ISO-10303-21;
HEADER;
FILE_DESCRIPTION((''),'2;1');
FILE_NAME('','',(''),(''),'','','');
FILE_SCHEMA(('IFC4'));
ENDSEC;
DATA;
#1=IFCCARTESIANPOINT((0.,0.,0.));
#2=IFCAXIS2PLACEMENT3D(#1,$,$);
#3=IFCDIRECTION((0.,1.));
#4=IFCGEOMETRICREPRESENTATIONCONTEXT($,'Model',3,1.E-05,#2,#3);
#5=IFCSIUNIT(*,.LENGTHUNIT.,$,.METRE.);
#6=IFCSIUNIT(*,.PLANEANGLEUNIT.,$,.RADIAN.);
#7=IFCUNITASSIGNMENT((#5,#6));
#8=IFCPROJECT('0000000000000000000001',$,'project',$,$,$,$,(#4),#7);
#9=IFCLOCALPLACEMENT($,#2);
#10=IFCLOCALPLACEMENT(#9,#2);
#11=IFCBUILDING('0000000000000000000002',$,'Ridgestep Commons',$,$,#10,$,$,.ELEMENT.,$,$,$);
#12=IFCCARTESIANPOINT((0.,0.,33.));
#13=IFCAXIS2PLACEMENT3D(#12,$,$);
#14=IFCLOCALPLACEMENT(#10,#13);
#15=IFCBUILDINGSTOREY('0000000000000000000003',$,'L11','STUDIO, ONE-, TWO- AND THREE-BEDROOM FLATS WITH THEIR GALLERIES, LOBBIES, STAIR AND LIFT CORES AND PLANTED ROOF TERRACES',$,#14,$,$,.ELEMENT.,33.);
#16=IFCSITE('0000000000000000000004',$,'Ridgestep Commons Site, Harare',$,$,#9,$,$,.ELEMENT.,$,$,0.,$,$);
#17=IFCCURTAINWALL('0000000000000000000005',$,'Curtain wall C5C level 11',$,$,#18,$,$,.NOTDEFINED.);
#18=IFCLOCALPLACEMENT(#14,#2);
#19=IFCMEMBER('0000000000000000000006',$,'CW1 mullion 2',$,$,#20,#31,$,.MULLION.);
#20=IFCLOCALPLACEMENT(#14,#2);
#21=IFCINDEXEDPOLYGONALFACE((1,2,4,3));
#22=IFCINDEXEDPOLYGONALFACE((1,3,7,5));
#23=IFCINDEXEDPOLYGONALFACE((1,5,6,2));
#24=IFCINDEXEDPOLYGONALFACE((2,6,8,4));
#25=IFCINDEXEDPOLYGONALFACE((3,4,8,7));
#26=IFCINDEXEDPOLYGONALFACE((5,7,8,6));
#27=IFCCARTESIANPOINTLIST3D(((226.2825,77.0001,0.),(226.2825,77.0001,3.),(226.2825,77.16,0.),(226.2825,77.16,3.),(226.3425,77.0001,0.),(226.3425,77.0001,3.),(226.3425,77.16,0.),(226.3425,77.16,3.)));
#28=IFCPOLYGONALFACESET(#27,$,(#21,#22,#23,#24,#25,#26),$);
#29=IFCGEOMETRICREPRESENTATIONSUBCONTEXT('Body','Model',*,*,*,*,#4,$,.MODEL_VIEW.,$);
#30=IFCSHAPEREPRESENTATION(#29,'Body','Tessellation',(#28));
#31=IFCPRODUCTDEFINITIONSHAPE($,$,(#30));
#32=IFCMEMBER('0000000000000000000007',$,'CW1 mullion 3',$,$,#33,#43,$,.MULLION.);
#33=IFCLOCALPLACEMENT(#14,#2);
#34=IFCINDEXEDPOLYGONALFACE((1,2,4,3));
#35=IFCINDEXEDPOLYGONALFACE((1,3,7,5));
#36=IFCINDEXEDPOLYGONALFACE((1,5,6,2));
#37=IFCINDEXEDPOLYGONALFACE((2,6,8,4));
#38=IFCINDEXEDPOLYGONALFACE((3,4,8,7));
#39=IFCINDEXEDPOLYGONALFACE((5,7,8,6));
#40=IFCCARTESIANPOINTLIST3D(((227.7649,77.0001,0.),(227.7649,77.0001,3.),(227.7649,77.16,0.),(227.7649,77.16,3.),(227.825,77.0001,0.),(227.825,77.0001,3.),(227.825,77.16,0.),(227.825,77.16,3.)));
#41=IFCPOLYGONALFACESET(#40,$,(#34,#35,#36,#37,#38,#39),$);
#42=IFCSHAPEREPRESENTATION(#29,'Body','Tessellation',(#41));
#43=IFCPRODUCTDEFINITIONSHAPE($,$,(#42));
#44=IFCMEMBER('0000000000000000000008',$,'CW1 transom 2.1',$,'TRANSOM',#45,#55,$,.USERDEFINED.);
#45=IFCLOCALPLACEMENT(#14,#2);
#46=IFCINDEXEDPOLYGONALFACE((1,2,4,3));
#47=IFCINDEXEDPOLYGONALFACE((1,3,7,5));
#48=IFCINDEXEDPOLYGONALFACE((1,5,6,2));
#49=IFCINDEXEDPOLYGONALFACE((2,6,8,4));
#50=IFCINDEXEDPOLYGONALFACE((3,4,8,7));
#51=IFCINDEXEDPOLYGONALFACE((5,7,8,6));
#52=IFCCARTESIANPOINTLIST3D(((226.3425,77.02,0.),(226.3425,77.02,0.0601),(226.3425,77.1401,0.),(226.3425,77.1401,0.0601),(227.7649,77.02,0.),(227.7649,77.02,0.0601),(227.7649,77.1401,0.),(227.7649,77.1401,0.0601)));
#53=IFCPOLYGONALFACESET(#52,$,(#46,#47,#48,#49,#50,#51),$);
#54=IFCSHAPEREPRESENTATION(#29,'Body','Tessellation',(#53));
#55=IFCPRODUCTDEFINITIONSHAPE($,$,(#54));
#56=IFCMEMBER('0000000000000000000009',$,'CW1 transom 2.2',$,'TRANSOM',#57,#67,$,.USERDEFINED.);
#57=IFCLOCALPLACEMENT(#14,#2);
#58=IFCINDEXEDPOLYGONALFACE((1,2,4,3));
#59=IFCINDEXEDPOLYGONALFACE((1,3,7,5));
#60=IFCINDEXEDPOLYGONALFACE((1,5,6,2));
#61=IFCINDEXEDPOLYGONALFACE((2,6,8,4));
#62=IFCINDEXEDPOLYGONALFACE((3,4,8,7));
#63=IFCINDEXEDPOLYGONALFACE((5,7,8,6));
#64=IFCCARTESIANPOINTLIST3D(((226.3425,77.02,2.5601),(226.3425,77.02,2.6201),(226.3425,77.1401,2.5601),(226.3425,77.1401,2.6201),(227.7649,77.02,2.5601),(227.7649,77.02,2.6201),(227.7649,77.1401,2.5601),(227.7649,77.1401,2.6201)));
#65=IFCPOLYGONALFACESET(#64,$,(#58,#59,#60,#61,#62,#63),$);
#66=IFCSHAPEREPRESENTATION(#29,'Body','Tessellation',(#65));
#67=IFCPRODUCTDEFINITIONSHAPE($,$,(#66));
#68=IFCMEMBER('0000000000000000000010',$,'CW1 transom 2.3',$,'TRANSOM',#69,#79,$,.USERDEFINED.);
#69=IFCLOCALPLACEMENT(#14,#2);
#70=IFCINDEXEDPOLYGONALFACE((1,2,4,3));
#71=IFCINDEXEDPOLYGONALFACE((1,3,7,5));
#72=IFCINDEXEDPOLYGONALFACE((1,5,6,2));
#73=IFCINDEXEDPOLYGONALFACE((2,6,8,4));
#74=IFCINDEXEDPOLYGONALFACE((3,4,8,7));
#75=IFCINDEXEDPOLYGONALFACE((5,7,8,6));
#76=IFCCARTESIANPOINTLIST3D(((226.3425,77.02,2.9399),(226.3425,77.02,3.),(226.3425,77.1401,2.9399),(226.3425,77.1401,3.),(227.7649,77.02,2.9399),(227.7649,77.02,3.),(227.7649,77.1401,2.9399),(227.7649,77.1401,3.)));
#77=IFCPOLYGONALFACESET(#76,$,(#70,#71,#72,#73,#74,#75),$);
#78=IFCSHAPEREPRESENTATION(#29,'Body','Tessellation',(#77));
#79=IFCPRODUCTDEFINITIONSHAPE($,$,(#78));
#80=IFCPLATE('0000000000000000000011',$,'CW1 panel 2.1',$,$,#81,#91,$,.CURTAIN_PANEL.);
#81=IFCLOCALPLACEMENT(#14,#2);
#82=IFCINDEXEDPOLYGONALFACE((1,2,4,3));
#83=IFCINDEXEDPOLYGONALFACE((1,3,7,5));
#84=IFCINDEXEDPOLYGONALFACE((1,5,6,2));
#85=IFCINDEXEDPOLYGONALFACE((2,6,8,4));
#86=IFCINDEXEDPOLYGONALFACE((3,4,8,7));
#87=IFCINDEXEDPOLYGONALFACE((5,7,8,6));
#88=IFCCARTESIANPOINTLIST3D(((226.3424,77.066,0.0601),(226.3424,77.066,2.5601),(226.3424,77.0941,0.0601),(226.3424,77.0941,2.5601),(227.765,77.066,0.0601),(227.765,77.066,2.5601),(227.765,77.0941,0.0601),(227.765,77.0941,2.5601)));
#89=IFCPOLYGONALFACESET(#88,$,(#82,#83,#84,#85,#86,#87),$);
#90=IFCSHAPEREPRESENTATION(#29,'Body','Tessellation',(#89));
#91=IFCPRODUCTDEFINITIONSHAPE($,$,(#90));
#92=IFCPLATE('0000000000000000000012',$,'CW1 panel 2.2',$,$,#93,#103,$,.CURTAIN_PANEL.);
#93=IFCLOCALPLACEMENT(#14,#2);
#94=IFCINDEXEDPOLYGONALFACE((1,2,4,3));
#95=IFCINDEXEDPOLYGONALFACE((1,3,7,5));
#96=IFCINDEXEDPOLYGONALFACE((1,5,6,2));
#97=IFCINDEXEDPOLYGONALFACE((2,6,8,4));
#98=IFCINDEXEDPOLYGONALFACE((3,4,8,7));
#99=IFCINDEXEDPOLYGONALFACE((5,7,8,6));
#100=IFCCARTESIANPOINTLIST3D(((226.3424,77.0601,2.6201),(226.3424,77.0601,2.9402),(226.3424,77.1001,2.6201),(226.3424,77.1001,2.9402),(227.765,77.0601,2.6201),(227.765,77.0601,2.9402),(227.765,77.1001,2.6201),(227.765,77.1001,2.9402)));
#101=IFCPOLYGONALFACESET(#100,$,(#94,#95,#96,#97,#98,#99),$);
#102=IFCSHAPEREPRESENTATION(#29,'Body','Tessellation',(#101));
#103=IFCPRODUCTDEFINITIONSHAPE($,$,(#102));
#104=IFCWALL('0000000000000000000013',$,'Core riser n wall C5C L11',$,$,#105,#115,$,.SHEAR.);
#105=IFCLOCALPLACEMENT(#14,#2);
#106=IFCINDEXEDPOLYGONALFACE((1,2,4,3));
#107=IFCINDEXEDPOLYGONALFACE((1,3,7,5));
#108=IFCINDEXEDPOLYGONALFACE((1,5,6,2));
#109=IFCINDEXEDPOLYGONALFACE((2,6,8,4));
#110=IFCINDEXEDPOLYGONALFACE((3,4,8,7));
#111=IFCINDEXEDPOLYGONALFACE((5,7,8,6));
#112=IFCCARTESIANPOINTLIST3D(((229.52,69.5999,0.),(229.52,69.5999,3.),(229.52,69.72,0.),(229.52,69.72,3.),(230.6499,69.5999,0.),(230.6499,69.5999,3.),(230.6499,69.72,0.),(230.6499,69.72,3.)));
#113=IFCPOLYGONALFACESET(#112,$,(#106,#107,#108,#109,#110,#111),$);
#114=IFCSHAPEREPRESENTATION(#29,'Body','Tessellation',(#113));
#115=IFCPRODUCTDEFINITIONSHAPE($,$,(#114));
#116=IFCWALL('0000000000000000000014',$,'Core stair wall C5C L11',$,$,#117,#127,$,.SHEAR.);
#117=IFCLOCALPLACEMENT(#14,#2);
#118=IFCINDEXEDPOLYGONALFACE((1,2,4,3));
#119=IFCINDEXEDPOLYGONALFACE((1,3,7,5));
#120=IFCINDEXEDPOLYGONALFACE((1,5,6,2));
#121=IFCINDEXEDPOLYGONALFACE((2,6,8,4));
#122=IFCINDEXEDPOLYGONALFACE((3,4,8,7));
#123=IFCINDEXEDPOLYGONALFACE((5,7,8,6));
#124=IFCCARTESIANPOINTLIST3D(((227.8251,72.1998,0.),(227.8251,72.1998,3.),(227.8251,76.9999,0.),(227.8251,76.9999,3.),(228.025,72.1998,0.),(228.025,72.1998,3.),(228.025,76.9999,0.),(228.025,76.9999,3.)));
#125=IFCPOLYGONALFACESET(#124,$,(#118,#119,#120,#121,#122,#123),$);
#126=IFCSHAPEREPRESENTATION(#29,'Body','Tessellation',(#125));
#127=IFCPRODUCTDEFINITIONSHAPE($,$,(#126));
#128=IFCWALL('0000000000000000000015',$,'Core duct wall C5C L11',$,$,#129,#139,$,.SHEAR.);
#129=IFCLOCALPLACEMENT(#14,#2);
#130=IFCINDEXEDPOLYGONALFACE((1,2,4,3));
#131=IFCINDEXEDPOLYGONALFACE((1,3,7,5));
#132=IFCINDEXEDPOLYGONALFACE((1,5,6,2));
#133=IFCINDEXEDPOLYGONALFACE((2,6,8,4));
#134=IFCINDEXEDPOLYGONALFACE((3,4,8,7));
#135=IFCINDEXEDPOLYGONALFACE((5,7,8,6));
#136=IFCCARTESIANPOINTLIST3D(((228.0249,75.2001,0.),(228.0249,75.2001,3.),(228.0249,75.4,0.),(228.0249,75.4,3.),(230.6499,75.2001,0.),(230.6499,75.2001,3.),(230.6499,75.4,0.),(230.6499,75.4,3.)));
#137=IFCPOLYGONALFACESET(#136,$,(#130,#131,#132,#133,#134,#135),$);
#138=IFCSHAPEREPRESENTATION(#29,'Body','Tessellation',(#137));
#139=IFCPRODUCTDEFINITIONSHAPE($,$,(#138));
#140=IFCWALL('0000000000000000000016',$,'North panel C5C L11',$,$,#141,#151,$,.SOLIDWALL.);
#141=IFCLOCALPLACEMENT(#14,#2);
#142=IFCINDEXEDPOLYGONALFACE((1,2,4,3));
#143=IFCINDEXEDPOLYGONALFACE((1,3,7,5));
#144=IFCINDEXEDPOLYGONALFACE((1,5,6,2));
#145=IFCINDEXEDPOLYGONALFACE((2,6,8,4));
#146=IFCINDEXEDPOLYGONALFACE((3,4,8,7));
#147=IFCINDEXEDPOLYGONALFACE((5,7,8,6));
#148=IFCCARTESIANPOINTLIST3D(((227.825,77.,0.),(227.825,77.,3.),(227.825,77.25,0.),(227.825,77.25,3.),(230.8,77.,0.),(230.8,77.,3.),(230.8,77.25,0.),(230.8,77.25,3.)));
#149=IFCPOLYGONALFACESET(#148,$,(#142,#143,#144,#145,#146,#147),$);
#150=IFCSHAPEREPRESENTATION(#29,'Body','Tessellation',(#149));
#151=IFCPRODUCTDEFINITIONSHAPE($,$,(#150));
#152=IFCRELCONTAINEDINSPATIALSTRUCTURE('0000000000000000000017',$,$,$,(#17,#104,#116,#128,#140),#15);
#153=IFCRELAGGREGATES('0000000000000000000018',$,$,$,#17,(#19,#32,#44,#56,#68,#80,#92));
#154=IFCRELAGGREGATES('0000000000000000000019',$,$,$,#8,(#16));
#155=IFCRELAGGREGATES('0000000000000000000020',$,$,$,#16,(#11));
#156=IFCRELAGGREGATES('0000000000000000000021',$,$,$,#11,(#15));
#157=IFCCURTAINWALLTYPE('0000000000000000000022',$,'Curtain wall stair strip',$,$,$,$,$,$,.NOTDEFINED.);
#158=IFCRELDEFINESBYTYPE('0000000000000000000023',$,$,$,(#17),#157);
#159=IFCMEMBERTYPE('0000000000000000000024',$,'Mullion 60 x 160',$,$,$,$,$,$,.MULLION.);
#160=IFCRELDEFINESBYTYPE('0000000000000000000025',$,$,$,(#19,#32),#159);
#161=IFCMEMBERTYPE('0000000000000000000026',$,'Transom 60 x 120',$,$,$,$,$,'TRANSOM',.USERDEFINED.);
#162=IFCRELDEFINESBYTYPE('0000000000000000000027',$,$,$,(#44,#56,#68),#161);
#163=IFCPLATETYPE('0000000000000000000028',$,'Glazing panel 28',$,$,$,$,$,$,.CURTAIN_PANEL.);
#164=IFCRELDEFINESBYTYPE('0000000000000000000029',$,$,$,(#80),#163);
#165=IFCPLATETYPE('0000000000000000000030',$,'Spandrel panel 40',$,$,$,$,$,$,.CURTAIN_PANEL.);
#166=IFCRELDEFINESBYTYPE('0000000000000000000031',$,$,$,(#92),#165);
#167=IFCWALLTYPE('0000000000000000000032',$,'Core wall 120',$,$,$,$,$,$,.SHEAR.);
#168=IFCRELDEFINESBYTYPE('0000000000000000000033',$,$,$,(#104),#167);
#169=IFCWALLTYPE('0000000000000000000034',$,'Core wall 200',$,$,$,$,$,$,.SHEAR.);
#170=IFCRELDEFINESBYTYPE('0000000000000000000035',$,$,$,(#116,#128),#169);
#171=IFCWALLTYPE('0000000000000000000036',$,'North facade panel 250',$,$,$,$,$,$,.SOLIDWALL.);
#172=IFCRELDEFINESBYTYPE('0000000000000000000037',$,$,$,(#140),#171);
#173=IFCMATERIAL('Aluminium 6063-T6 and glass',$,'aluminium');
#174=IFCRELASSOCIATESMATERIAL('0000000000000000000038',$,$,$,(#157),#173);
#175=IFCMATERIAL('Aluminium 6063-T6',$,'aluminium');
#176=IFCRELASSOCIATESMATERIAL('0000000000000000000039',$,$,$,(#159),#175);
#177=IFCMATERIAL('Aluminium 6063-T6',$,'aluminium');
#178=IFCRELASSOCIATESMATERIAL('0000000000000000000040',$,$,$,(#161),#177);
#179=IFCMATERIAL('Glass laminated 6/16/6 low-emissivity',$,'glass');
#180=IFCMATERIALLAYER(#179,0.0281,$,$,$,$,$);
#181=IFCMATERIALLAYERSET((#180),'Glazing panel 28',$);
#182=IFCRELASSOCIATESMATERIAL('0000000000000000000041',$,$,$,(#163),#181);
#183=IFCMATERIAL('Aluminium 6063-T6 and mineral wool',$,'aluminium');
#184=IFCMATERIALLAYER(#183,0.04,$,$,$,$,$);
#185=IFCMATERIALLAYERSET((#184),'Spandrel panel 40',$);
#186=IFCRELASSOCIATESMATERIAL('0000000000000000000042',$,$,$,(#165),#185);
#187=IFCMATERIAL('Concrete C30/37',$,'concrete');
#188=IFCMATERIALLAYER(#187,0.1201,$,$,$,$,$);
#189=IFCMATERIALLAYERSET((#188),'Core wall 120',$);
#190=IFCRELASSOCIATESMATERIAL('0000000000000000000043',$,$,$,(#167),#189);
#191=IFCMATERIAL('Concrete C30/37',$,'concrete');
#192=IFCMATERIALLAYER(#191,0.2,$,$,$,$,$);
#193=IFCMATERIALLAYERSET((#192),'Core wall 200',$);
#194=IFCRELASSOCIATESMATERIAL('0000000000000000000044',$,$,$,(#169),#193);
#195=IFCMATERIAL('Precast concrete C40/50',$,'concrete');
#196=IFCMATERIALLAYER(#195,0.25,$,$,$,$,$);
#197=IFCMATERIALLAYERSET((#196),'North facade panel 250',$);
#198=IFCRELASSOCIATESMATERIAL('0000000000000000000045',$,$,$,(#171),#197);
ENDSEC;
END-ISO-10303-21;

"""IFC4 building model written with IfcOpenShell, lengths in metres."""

from ifc_helpers import new_model, si_unit, direction, frame, frame_2d, origin, origin_2d, place, context, subcontext, project, spatial, rectangle, extrude, material, layer, layer_set, material_profile, profile_set, type_object, element, aggregate, save


model = new_model("IFC4")

# Units and contexts
model_context = context("Model", 3, precision=1e-05, world=origin(), true_north=direction((0.0, 1.0)))
body_context = subcontext(model_context, "Body", "Model", "MODEL_VIEW")
ifc_project = project(units=[si_unit("LENGTHUNIT", "METRE"), si_unit("PLANEANGLEUNIT", "RADIAN")], contexts=[model_context])

# Site, building, storey
site_placement = place(None, origin())
site = spatial("IfcSite", under=ifc_project, at=site_placement, Name="Ridgestep Commons Site, Harare", CompositionType="ELEMENT", RefElevation=0.0)
building_placement = place(site_placement, origin())
building = spatial("IfcBuilding", under=site, at=building_placement, Name="Ridgestep Commons", CompositionType="ELEMENT")
storey_placement = place(building_placement, frame((0.0, 0.0, 33.0)))
storey = spatial("IfcBuildingStorey", under=building, at=storey_placement, Name="L11", Description="STUDIO, ONE-, TWO- AND THREE-BEDROOM FLATS WITH THEIR GALLERIES, LOBBIES, STAIR AND LIFT CORES AND PLANTED ROOF TERRACES", CompositionType="ELEMENT", Elevation=33.0)

# Curtain wall, members, plates
ifc_material_1 = material(Name="Aluminium 6063-T6 and glass", Category="aluminium")
curtain_wall_type = type_object("IfcCurtainWallType", Name="Curtain wall stair strip", PredefinedType="NOTDEFINED", material=ifc_material_1)
curtain_wall_placement = place(storey_placement, origin())
curtain_wall = element("IfcCurtainWall", 1, at=curtain_wall_placement, inside=storey, type_object=curtain_wall_type, Name="Curtain wall C5C level 11", PredefinedType="NOTDEFINED")
ifc_material_2 = material(Name="Aluminium 6063-T6", Category="aluminium")
ifc_material_profile_1 = material_profile(ifc_material_2, rectangle(XDim=0.1599, YDim=0.0601, at=origin_2d()), Name="Mullion 60 x 160")
ifc_profile_set_1 = profile_set([ifc_material_profile_1], Name="Aluminium 6063-T6")
member_type_1 = type_object("IfcMemberType", Name="Mullion 60 x 160", PredefinedType="MULLION", material=ifc_profile_set_1)
member_1_placement = place(storey_placement, frame((226.3125, 77.0801, 0.0), z_axis=(0.0, 0.0, 1.0), x_axis=(0.0, 1.0, 0.0)))
member_1 = element("IfcMember", 2, at=member_1_placement, type_object=member_type_1, Name="CW1 mullion 2", PredefinedType="MULLION", context=body_context, shape_type="SweptSolid", body=[
    extrude(rectangle(XDim=0.1599, YDim=0.0601, at=origin_2d()), origin(), (0.0, 0.0, 1.0), 3.0),
])
member_2_placement = place(storey_placement, frame((227.7949, 77.0801, 0.0), z_axis=(0.0, 0.0, 1.0), x_axis=(0.0, 1.0, 0.0)))
member_2 = element("IfcMember", 3, at=member_2_placement, type_object=member_type_1, Name="CW1 mullion 3", PredefinedType="MULLION", context=body_context, shape_type="SweptSolid", body=[
    extrude(rectangle(XDim=0.1599, YDim=0.0601, at=origin_2d()), origin(), (0.0, 0.0, 1.0), 3.0),
])
ifc_material_3 = material(Name="Aluminium 6063-T6", Category="aluminium")
ifc_material_profile_2 = material_profile(ifc_material_3, rectangle(XDim=0.1201, YDim=0.0601, at=origin_2d()), Name="Transom 60 x 120")
ifc_profile_set_2 = profile_set([ifc_material_profile_2], Name="Aluminium 6063-T6")
member_type_2 = type_object("IfcMemberType", Name="Transom 60 x 120", ElementType="TRANSOM", PredefinedType="USERDEFINED", material=ifc_profile_set_2)
member_3_placement = place(storey_placement, frame((226.3425, 77.0801, 0.03), z_axis=(1.0, 0.0, 0.0), x_axis=(0.0, 1.0, 0.0)))
member_3 = element("IfcMember", 4, at=member_3_placement, type_object=member_type_2, Name="CW1 transom 2.1", ObjectType="TRANSOM", PredefinedType="USERDEFINED", context=body_context, shape_type="SweptSolid", body=[
    extrude(rectangle(XDim=0.1201, YDim=0.0601, at=origin_2d()), origin(), (0.0, 0.0, 1.0), 1.4224),
])
member_4_placement = place(storey_placement, frame((226.3425, 77.0801, 2.5901), z_axis=(1.0, 0.0, 0.0), x_axis=(0.0, 1.0, 0.0)))
member_4 = element("IfcMember", 5, at=member_4_placement, type_object=member_type_2, Name="CW1 transom 2.2", ObjectType="TRANSOM", PredefinedType="USERDEFINED", context=body_context, shape_type="SweptSolid", body=[
    extrude(rectangle(XDim=0.1201, YDim=0.0601, at=origin_2d()), origin(), (0.0, 0.0, 1.0), 1.4224),
])
member_5_placement = place(storey_placement, frame((226.3425, 77.0801, 2.97), z_axis=(1.0, 0.0, 0.0), x_axis=(0.0, 1.0, 0.0)))
member_5 = element("IfcMember", 6, at=member_5_placement, type_object=member_type_2, Name="CW1 transom 2.3", ObjectType="TRANSOM", PredefinedType="USERDEFINED", context=body_context, shape_type="SweptSolid", body=[
    extrude(rectangle(XDim=0.1201, YDim=0.0601, at=origin_2d()), origin(), (0.0, 0.0, 1.0), 1.4224),
])
ifc_material_4 = material(Name="Glass laminated 6/16/6 low-emissivity", Category="glass")
ifc_layer_1 = layer(ifc_material_4, 0.0281)
ifc_layer_set_1 = layer_set([ifc_layer_1], Name="Glazing panel 28")
plate_type_1 = type_object("IfcPlateType", Name="Glazing panel 28", PredefinedType="CURTAIN_PANEL", material=ifc_layer_set_1)
plate_1_placement = place(storey_placement, frame((227.0537, 77.0801, 0.0601), z_axis=(0.0, 0.0, 1.0), x_axis=(1.0, 0.0, 0.0)))
plate_1 = element("IfcPlate", 7, at=plate_1_placement, type_object=plate_type_1, Name="CW1 panel 2.1", PredefinedType="CURTAIN_PANEL", context=body_context, shape_type="SweptSolid", body=[
    extrude(rectangle(XDim=1.4226, YDim=0.0281, at=origin_2d()), origin(), (0.0, 0.0, 1.0), 2.5),
])
ifc_material_5 = material(Name="Aluminium 6063-T6 and mineral wool", Category="aluminium")
ifc_layer_2 = layer(ifc_material_5, 0.04)
ifc_layer_set_2 = layer_set([ifc_layer_2], Name="Spandrel panel 40")
plate_type_2 = type_object("IfcPlateType", Name="Spandrel panel 40", PredefinedType="CURTAIN_PANEL", material=ifc_layer_set_2)
plate_2_placement = place(storey_placement, frame((227.0537, 77.0801, 2.6201), z_axis=(0.0, 0.0, 1.0), x_axis=(1.0, 0.0, 0.0)))
plate_2 = element("IfcPlate", 8, at=plate_2_placement, type_object=plate_type_2, Name="CW1 panel 2.2", PredefinedType="CURTAIN_PANEL", context=body_context, shape_type="SweptSolid", body=[
    extrude(rectangle(XDim=1.4226, YDim=0.04, at=origin_2d()), origin(), (0.0, 0.0, 1.0), 0.3201),
])
aggregate(curtain_wall, [member_1, member_2, member_3, member_4, member_5, plate_1, plate_2])

# Walls
ifc_material_6 = material(Name="Concrete C30/37", Category="concrete")
ifc_layer_3 = layer(ifc_material_6, 0.1201)
ifc_layer_set_3 = layer_set([ifc_layer_3], Name="Core wall 120")
wall_type_1 = type_object("IfcWallType", Name="Core wall 120", PredefinedType="SHEAR", material=ifc_layer_set_3)
wall_1_placement = place(storey_placement, frame((229.52, 69.6599, 0.0), z_axis=(0.0, 0.0, 1.0), x_axis=(1.0, 0.0, 0.0)))
element("IfcWall", 9, at=wall_1_placement, inside=storey, type_object=wall_type_1, Name="Core riser n wall C5C L11", PredefinedType="SHEAR", context=body_context, shape_type="SweptSolid", body=[
    extrude(rectangle(XDim=1.1299, YDim=0.1201, at=frame_2d((0.5649, 0.0))), origin(), (0.0, 0.0, 1.0), 3.0),
])
ifc_material_7 = material(Name="Concrete C30/37", Category="concrete")
ifc_layer_4 = layer(ifc_material_7, 0.2)
ifc_layer_set_4 = layer_set([ifc_layer_4], Name="Core wall 200")
wall_type_2 = type_object("IfcWallType", Name="Core wall 200", PredefinedType="SHEAR", material=ifc_layer_set_4)
wall_2_placement = place(storey_placement, frame((227.925, 72.2, 0.0), z_axis=(0.0, 0.0, 1.0), x_axis=(0.0, 1.0, 0.0)))
element("IfcWall", 10, at=wall_2_placement, inside=storey, type_object=wall_type_2, Name="Core stair wall C5C L11", PredefinedType="SHEAR", context=body_context, shape_type="SweptSolid", body=[
    extrude(rectangle(XDim=4.8, YDim=0.2, at=frame_2d((2.3999, 0.0))), origin(), (0.0, 0.0, 1.0), 3.0),
])
wall_3_placement = place(storey_placement, frame((228.0249, 75.3, 0.0), z_axis=(0.0, 0.0, 1.0), x_axis=(1.0, 0.0, 0.0)))
element("IfcWall", 11, at=wall_3_placement, inside=storey, type_object=wall_type_2, Name="Core duct wall C5C L11", PredefinedType="SHEAR", context=body_context, shape_type="SweptSolid", body=[
    extrude(rectangle(XDim=2.625, YDim=0.2, at=frame_2d((1.3125, 0.0))), origin(), (0.0, 0.0, 1.0), 3.0),
])
ifc_material_8 = material(Name="Precast concrete C40/50", Category="concrete")
ifc_layer_5 = layer(ifc_material_8, 0.25)
ifc_layer_set_5 = layer_set([ifc_layer_5], Name="North facade panel 250")
wall_type_3 = type_object("IfcWallType", Name="North facade panel 250", PredefinedType="SOLIDWALL", material=ifc_layer_set_5)
wall_4_placement = place(storey_placement, frame((227.825, 77.125, 0.0), z_axis=(0.0, 0.0, 1.0), x_axis=(1.0, 0.0, 0.0)))
element("IfcWall", 12, at=wall_4_placement, inside=storey, type_object=wall_type_3, Name="North panel C5C L11", PredefinedType="SOLIDWALL", context=body_context, shape_type="SweptSolid", body=[
    extrude(rectangle(XDim=2.9751, YDim=0.25, at=frame_2d((1.4875, 0.0))), origin(), (0.0, 0.0, 1.0), 3.0),
])

save(model, "model.ifc")
